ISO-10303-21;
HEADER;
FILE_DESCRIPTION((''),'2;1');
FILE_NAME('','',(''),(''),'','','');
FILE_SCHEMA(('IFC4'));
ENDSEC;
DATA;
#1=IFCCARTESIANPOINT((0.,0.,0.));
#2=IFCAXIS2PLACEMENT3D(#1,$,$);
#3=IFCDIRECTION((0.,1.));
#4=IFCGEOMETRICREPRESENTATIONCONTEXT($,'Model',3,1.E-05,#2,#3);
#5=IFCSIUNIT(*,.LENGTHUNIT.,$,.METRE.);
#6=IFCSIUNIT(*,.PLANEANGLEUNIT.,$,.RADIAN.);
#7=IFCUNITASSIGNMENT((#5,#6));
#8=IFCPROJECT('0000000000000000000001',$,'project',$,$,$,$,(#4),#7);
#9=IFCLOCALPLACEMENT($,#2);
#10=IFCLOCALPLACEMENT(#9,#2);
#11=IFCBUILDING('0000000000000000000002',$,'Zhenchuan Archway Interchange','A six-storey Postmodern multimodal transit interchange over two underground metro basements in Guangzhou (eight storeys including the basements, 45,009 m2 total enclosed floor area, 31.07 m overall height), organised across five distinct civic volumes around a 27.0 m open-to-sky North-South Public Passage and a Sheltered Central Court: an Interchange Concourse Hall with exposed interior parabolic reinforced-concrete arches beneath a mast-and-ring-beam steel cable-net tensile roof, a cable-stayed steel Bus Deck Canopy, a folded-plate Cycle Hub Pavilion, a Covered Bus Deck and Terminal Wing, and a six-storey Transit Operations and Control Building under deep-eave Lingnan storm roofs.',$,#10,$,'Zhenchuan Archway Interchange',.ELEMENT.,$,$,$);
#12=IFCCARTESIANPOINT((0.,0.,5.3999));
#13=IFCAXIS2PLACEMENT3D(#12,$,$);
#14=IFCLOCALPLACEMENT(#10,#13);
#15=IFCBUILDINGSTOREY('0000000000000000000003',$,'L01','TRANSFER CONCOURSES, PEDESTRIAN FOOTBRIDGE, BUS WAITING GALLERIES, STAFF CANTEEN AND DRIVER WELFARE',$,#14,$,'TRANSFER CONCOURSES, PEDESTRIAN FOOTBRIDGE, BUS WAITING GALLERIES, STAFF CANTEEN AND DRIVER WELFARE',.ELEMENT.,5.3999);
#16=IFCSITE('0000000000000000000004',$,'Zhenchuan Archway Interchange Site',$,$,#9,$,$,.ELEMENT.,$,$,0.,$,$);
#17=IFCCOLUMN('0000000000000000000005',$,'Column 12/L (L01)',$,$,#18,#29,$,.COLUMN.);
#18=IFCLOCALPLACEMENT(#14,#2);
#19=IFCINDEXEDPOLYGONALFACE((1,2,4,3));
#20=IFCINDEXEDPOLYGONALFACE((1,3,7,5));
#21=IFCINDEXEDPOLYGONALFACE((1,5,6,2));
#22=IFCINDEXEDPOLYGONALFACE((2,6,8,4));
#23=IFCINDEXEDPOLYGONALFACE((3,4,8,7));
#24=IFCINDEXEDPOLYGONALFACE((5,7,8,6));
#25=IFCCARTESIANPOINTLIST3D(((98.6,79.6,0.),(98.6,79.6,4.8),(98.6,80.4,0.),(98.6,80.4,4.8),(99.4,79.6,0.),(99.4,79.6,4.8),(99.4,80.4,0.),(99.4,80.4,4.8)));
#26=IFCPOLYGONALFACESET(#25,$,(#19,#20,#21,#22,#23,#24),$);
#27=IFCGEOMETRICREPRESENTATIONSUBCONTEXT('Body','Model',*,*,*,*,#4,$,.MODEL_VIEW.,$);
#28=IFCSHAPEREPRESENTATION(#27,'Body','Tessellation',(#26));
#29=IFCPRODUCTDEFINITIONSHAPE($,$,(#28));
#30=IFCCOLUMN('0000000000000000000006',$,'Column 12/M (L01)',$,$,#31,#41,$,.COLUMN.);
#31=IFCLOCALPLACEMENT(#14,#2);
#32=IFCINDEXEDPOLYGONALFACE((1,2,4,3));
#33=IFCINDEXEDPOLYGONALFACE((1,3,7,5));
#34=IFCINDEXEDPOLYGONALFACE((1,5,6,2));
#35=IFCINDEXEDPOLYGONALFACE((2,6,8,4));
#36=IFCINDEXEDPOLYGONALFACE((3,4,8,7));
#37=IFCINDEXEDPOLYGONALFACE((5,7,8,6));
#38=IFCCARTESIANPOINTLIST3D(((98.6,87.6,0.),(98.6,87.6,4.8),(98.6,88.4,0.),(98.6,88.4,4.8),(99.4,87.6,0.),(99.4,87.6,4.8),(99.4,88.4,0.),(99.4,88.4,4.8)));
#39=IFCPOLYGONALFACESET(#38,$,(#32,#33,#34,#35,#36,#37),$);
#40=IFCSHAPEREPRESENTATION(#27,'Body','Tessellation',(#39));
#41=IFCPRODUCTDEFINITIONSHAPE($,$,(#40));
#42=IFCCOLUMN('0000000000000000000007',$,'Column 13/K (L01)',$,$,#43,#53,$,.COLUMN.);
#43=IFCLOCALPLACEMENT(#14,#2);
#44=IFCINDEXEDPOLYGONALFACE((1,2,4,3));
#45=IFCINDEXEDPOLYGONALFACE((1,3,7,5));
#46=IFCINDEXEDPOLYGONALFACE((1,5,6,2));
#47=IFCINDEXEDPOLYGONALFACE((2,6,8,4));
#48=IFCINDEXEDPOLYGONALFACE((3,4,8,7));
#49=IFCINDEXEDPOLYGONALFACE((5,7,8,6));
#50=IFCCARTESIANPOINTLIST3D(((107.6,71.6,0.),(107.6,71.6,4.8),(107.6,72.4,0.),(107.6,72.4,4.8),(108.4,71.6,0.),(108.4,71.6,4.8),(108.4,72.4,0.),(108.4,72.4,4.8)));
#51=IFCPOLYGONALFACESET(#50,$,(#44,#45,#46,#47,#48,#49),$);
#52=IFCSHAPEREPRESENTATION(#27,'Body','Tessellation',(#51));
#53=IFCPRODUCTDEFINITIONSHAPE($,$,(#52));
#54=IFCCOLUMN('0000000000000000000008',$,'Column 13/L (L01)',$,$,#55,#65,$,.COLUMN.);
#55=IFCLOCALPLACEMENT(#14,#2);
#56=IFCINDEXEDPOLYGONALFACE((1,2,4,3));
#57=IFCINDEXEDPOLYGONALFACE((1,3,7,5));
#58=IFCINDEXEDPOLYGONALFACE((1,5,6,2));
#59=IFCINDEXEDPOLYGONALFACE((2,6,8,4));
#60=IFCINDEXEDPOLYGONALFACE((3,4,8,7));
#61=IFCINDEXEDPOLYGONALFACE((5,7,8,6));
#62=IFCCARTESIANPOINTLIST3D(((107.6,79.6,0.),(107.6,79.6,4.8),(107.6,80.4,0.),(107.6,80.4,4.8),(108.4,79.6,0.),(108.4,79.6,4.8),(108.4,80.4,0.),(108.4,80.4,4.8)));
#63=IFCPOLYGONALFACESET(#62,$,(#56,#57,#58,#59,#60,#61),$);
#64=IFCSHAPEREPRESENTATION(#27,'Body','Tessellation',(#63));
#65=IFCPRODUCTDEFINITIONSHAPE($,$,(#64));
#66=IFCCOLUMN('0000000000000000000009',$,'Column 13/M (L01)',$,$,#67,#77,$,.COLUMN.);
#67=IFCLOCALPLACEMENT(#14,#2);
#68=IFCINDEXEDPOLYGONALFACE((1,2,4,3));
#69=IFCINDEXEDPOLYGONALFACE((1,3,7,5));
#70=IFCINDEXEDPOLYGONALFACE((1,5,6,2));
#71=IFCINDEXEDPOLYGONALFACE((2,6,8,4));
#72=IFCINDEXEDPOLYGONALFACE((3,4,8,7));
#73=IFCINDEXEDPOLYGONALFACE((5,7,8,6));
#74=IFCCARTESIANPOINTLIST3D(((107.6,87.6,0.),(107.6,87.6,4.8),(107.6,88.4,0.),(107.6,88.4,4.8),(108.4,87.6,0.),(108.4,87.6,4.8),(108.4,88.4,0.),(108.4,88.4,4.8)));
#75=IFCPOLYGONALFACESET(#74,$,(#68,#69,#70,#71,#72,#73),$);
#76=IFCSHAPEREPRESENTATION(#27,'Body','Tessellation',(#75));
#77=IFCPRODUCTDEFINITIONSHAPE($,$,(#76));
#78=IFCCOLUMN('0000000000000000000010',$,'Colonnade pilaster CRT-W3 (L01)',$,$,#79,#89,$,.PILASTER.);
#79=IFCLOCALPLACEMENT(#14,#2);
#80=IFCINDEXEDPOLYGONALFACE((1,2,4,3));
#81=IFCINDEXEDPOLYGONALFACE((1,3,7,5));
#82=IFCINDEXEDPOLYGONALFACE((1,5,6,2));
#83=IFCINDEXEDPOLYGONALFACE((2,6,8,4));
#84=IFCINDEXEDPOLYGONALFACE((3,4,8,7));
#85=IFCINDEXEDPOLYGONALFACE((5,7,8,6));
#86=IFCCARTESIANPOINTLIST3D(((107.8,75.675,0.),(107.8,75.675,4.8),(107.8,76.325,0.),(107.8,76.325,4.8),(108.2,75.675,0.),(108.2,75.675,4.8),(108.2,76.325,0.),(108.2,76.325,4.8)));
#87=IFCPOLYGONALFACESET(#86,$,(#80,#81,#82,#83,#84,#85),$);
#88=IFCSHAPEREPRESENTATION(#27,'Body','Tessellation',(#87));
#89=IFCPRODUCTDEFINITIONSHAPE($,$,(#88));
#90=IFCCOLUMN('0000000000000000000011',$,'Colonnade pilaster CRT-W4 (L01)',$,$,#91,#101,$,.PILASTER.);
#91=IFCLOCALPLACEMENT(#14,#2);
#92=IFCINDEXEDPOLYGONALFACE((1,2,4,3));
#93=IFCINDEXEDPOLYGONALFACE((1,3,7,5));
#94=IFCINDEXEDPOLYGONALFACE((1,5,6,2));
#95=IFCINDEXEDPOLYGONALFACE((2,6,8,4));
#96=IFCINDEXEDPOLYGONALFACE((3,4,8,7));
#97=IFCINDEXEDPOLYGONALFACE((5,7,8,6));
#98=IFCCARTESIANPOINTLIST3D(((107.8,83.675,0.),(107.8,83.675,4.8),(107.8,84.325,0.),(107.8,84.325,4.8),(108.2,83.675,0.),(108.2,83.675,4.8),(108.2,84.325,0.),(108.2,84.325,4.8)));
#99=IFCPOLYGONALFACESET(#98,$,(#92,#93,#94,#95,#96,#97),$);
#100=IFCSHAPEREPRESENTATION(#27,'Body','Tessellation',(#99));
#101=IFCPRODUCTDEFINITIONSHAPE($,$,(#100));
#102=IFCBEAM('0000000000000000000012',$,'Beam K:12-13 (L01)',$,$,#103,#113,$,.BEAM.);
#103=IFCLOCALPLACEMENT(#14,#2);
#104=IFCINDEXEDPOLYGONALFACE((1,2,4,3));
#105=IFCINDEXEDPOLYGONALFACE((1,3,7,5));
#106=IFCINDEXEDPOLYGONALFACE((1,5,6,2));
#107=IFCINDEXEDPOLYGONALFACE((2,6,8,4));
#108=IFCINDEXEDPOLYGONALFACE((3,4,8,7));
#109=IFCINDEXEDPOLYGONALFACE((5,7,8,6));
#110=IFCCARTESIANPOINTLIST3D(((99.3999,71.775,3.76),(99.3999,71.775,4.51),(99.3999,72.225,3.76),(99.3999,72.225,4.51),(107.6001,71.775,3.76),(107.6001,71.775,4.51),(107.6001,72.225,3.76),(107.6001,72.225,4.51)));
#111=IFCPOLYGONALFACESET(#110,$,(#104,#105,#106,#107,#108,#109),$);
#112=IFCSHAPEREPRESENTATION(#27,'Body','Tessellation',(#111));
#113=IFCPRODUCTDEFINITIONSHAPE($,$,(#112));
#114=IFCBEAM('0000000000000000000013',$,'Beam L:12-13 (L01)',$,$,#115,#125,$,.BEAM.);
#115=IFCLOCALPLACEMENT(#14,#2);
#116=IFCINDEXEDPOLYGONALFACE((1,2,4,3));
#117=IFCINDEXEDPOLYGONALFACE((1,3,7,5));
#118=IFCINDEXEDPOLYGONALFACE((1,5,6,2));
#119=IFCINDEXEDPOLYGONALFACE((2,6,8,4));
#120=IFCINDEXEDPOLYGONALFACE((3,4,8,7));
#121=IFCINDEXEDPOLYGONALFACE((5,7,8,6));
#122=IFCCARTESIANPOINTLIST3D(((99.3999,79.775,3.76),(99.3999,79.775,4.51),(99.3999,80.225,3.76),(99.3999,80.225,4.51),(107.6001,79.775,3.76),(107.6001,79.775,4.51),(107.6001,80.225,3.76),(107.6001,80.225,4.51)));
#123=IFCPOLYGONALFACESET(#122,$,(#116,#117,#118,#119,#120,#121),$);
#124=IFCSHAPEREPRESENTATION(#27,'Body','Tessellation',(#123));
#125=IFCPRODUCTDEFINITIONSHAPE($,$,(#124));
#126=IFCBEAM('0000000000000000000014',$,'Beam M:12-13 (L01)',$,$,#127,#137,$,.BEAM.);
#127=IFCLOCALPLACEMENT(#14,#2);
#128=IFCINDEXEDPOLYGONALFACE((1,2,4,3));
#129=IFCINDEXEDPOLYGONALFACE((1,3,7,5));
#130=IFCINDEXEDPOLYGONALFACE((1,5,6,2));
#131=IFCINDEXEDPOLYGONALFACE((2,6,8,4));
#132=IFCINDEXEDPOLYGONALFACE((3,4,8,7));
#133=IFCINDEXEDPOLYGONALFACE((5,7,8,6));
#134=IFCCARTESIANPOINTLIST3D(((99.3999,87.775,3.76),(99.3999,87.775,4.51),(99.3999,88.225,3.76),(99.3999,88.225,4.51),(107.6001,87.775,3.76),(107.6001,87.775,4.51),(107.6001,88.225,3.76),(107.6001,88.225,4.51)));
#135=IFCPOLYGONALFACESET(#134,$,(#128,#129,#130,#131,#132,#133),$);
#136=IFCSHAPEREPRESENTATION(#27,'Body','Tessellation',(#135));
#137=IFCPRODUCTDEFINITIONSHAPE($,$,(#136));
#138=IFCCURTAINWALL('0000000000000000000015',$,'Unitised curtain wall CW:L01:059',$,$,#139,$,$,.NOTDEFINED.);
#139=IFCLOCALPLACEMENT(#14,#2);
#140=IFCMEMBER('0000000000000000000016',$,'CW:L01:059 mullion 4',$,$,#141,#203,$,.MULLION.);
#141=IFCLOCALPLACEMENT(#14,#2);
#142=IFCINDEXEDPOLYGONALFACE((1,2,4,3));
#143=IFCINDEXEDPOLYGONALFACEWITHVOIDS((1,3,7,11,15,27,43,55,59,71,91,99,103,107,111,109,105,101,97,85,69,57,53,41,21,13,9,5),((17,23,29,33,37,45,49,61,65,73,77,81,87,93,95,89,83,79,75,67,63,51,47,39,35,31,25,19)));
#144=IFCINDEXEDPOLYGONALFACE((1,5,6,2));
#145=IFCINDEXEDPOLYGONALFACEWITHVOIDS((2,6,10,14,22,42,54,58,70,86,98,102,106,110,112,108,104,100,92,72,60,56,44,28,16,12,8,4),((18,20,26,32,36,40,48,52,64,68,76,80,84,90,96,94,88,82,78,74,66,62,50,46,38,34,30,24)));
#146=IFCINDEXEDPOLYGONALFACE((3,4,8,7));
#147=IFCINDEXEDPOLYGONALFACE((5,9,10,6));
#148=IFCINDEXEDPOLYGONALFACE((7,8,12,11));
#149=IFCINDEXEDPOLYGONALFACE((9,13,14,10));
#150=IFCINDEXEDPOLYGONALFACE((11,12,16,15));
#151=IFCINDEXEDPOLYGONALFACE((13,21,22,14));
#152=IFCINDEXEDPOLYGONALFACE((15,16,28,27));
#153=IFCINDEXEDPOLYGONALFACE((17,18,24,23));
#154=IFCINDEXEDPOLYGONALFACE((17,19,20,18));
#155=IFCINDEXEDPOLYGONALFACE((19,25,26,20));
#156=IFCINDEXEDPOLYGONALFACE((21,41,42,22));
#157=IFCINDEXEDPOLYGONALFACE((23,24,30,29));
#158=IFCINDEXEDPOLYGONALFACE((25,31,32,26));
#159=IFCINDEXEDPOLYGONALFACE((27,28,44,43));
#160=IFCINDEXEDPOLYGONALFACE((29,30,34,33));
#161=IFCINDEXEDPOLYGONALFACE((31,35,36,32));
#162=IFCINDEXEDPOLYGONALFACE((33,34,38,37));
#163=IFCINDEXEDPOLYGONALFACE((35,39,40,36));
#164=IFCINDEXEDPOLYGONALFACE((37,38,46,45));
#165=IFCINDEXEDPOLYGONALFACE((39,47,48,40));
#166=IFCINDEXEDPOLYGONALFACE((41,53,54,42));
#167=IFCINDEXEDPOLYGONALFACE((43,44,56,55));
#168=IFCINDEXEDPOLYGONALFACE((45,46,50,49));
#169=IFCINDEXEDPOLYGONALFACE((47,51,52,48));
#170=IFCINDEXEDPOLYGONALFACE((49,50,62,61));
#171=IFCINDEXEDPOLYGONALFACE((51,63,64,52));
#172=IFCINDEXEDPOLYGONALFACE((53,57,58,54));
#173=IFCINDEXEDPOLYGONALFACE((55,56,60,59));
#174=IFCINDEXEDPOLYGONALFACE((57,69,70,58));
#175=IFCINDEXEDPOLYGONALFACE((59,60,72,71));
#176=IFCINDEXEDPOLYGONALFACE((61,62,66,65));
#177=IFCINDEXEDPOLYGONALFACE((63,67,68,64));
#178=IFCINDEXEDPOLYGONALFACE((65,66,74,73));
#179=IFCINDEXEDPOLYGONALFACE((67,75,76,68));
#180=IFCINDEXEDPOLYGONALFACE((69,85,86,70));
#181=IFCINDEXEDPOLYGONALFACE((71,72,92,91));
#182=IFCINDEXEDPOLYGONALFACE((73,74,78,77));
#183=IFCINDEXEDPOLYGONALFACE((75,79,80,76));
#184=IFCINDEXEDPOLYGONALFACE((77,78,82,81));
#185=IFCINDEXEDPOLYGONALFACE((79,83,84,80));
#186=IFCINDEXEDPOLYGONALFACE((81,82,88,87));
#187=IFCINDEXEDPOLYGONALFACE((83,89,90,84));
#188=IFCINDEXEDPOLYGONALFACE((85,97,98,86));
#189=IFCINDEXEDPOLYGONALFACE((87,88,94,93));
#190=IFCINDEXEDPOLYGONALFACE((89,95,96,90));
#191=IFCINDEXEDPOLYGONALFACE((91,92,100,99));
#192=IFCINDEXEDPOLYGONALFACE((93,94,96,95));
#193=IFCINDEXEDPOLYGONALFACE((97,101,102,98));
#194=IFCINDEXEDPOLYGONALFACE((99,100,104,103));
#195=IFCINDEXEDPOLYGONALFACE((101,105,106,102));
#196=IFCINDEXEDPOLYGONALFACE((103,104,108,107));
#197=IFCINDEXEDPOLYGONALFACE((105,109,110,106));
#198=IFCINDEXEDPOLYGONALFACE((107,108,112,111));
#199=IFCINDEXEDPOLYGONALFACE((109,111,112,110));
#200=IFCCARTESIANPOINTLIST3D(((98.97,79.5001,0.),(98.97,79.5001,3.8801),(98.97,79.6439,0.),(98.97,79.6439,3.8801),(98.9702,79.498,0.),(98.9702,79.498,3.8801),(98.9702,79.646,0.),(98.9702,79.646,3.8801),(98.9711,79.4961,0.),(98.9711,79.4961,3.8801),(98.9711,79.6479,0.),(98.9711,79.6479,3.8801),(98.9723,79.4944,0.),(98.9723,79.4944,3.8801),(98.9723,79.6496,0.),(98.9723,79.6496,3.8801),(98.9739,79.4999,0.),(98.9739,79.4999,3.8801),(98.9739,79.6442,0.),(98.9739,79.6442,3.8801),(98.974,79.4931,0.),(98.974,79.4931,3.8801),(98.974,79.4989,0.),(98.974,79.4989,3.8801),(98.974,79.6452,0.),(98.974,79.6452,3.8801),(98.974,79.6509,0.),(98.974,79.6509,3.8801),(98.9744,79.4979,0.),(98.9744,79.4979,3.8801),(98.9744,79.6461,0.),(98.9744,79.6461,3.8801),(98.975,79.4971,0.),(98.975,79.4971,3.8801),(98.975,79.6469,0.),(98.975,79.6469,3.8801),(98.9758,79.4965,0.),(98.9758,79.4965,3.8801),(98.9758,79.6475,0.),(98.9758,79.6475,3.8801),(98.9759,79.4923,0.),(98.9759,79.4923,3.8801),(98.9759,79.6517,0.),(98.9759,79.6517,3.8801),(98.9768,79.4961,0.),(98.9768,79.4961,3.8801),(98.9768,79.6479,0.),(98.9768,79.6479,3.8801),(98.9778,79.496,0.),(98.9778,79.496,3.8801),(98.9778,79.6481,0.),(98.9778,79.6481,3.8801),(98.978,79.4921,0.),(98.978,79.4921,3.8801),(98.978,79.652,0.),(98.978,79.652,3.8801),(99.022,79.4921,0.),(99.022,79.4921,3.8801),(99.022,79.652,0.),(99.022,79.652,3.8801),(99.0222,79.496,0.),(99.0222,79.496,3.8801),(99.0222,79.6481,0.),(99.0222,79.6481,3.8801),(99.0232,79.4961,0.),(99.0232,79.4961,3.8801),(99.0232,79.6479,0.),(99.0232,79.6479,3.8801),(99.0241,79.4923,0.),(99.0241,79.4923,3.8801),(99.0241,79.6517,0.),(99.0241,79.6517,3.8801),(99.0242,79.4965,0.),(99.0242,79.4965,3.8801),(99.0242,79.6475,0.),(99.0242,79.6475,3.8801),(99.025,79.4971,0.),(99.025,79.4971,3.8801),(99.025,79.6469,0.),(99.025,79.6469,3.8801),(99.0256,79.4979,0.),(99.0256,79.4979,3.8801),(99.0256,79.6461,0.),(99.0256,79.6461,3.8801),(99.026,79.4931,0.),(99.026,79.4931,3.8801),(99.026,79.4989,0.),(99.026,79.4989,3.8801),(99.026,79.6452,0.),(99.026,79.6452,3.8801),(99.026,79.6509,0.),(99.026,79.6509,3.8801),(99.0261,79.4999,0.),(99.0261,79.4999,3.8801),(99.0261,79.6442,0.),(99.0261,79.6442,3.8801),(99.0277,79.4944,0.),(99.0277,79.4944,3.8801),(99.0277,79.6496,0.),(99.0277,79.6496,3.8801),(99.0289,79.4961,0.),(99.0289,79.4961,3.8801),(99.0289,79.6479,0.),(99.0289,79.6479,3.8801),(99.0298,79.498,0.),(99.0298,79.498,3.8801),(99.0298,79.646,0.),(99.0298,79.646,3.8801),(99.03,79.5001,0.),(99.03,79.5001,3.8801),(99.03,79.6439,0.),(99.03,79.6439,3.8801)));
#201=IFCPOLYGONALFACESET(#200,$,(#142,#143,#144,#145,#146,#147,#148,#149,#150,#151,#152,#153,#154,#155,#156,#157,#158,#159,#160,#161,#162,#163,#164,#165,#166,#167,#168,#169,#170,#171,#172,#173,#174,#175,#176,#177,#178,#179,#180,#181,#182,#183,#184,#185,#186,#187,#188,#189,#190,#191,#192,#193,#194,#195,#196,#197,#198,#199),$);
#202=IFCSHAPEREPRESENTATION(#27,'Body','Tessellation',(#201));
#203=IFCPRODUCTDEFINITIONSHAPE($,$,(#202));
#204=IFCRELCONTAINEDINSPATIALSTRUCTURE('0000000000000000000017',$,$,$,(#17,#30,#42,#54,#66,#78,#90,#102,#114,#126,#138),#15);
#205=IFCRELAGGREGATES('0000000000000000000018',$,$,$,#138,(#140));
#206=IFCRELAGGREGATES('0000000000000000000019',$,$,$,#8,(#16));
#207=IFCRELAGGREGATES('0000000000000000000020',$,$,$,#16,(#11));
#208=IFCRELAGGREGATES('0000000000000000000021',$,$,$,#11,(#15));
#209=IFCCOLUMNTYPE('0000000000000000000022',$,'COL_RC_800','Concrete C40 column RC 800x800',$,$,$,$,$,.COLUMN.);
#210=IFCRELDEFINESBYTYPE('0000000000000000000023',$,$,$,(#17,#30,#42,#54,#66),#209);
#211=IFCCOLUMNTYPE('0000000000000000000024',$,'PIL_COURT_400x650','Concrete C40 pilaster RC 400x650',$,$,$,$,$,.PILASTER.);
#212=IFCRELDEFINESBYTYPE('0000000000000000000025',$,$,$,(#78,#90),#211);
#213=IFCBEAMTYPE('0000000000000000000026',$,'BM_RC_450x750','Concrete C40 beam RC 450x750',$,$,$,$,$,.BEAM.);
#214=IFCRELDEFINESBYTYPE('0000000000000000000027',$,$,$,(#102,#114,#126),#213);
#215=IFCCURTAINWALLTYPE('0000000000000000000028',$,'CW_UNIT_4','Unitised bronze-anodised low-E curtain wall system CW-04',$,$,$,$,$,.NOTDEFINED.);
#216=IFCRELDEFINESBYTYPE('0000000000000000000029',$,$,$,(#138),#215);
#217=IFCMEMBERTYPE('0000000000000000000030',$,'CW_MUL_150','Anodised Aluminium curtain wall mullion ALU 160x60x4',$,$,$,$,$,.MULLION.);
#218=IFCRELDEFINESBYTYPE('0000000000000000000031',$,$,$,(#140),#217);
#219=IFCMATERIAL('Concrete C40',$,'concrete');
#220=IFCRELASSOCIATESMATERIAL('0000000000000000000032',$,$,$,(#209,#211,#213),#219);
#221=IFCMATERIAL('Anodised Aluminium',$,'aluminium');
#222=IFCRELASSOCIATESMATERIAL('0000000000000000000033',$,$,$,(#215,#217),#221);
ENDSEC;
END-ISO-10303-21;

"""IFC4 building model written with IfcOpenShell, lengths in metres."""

from ifc_helpers import new_model, si_unit, direction, frame, origin, origin_2d, place, context, subcontext, project, spatial, rectangle, hollow_rectangle, extrude, material, material_profile, profile_set, type_object, element, aggregate, save


model = new_model("IFC4")

# Units and contexts
model_context = context("Model", 3, precision=1e-05, world=origin(), true_north=direction((0.0, 1.0)))
body_context = subcontext(model_context, "Body", "Model", "MODEL_VIEW")
ifc_project = project(units=[si_unit("LENGTHUNIT", "METRE"), si_unit("PLANEANGLEUNIT", "RADIAN")], contexts=[model_context])

# Site, building, storey
site_placement = place(None, origin())
site = spatial("IfcSite", under=ifc_project, at=site_placement, Name="Zhenchuan Archway Interchange Site", CompositionType="ELEMENT", RefElevation=0.0)
building_placement = place(site_placement, origin())
building = spatial("IfcBuilding", under=site, at=building_placement, Name="Zhenchuan Archway Interchange", Description="A six-storey Postmodern multimodal transit interchange over two underground metro basements in Guangzhou (eight storeys including the basements, 45,009 m2 total enclosed floor area, 31.07 m overall height), organised across five distinct civic volumes around a 27.0 m open-to-sky North-South Public Passage and a Sheltered Central Court: an Interchange Concourse Hall with exposed interior parabolic reinforced-concrete arches beneath a mast-and-ring-beam steel cable-net tensile roof, a cable-stayed steel Bus Deck Canopy, a folded-plate Cycle Hub Pavilion, a Covered Bus Deck and Terminal Wing, and a six-storey Transit Operations and Control Building under deep-eave Lingnan storm roofs.", LongName="Zhenchuan Archway Interchange", CompositionType="ELEMENT")
storey_placement = place(building_placement, frame((0.0, 0.0, 5.3999)))
storey = spatial("IfcBuildingStorey", under=building, at=storey_placement, Name="L01", Description="TRANSFER CONCOURSES, PEDESTRIAN FOOTBRIDGE, BUS WAITING GALLERIES, STAFF CANTEEN AND DRIVER WELFARE", LongName="TRANSFER CONCOURSES, PEDESTRIAN FOOTBRIDGE, BUS WAITING GALLERIES, STAFF CANTEEN AND DRIVER WELFARE", CompositionType="ELEMENT", Elevation=5.3999)

# Columns
ifc_material_1 = material(Name="Concrete C40", Category="concrete")
ifc_material_profile_1 = material_profile(ifc_material_1, rectangle(XDim=0.8, YDim=0.8, at=origin_2d()), Name="RC 800x800")
ifc_profile_set_1 = profile_set([ifc_material_profile_1], Name="Concrete C40")
column_type_1 = type_object("IfcColumnType", Name="COL_RC_800", Description="Concrete C40 column RC 800x800", PredefinedType="COLUMN", material=ifc_profile_set_1)
for number, where, z_axis, x_axis, name in (
    (1, (99.0, 80.0, 0.0), (0.0, 0.0, 1.0), (1.0, 0.0, 0.0), "Column 12/L (L01)"),
    (2, (99.0, 88.0, 0.0), (0.0, 0.0, 1.0), (1.0, 0.0, 0.0), "Column 12/M (L01)"),
    (3, (108.0, 72.0, 0.0), (0.0, 0.0, 1.0), (1.0, 0.0, 0.0), "Column 13/K (L01)"),
    (4, (108.0, 80.0, 0.0), (0.0, 0.0, 1.0), (1.0, 0.0, 0.0), "Column 13/L (L01)"),
    (5, (108.0, 88.0, 0.0), (0.0, 0.0, 1.0), (1.0, 0.0, 0.0), "Column 13/M (L01)"),
):
    element("IfcColumn", number, at=place(storey_placement, frame(where, z_axis=z_axis, x_axis=x_axis)), inside=storey, type_object=column_type_1, Name=name, PredefinedType="COLUMN", context=body_context, shape_type="SweptSolid", body=[
        extrude(rectangle(XDim=0.8, YDim=0.8, at=origin_2d()), origin(), (0.0, 0.0, 1.0), 4.8),
    ])
ifc_material_profile_2 = material_profile(ifc_material_1, rectangle(XDim=0.3999, YDim=0.6499, at=origin_2d()), Name="RC 400x650")
ifc_profile_set_2 = profile_set([ifc_material_profile_2], Name="Concrete C40")
column_type_2 = type_object("IfcColumnType", Name="PIL_COURT_400x650", Description="Concrete C40 pilaster RC 400x650", PredefinedType="PILASTER", material=ifc_profile_set_2)
for number, where, z_axis, x_axis, name in (
    (6, (108.0, 76.0, 0.0), (0.0, 0.0, 1.0), (1.0, 0.0, 0.0), "Colonnade pilaster CRT-W3 (L01)"),
    (7, (108.0, 84.0, 0.0), (0.0, 0.0, 1.0), (1.0, 0.0, 0.0), "Colonnade pilaster CRT-W4 (L01)"),
):
    element("IfcColumn", number, at=place(storey_placement, frame(where, z_axis=z_axis, x_axis=x_axis)), inside=storey, type_object=column_type_2, Name=name, PredefinedType="PILASTER", context=body_context, shape_type="SweptSolid", body=[
        extrude(rectangle(XDim=0.3999, YDim=0.6499, at=origin_2d()), origin(), (0.0, 0.0, 1.0), 4.8),
    ])

# Beams
ifc_material_profile_3 = material_profile(ifc_material_1, rectangle(XDim=0.45, YDim=0.75, at=origin_2d()), Name="RC 450x750")
ifc_profile_set_3 = profile_set([ifc_material_profile_3], Name="Concrete C40")
beam_type_1 = type_object("IfcBeamType", Name="BM_RC_450x750", Description="Concrete C40 beam RC 450x750", PredefinedType="BEAM", material=ifc_profile_set_3)
for number, where, z_axis, x_axis, name in (
    (8, (99.3999, 72.0, 4.135), (1.0, 0.0, 0.0), (0.0, 1.0, 0.0), "Beam K:12-13 (L01)"),
    (9, (99.3999, 80.0, 4.135), (1.0, 0.0, 0.0), (0.0, 1.0, 0.0), "Beam L:12-13 (L01)"),
    (10, (99.3999, 88.0, 4.135), (1.0, 0.0, 0.0), (0.0, 1.0, 0.0), "Beam M:12-13 (L01)"),
):
    element("IfcBeam", number, at=place(storey_placement, frame(where, z_axis=z_axis, x_axis=x_axis)), inside=storey, type_object=beam_type_1, Name=name, PredefinedType="BEAM", context=body_context, shape_type="SweptSolid", body=[
        extrude(rectangle(XDim=0.45, YDim=0.75, at=origin_2d()), origin(), (0.0, 0.0, 1.0), 8.2002),
    ])

# Curtain wall, member
ifc_material_2 = material(Name="Anodised Aluminium", Category="aluminium")
curtain_wall_type_1 = type_object("IfcCurtainWallType", Name="CW_UNIT_4", Description="Unitised bronze-anodised low-E curtain wall system CW-04", PredefinedType="NOTDEFINED", material=ifc_material_2)
curtain_wall_1_placement = place(storey_placement, origin())
curtain_wall_1 = element("IfcCurtainWall", 11, at=curtain_wall_1_placement, inside=storey, type_object=curtain_wall_type_1, Name="Unitised curtain wall CW:L01:059", PredefinedType="NOTDEFINED")
ifc_material_profile_4 = material_profile(ifc_material_2, hollow_rectangle(XDim=0.0601, YDim=0.1599, WallThickness=0.0039, InnerFilletRadius=0.0039, OuterFilletRadius=0.0081, at=origin_2d()), Name="ALU 160x60x4")
ifc_profile_set_4 = profile_set([ifc_material_profile_4], Name="Anodised Aluminium")
member_type_1 = type_object("IfcMemberType", Name="CW_MUL_150", Description="Anodised Aluminium curtain wall mullion ALU 160x60x4", PredefinedType="MULLION", material=ifc_profile_set_4)
member_1_placement = place(storey_placement, frame((99.0, 79.572, 0.0), z_axis=(0.0, 0.0, 1.0), x_axis=(1.0, 0.0, 0.0)))
member_1 = element("IfcMember", 12, at=member_1_placement, type_object=member_type_1, Name="CW:L01:059 mullion 4", PredefinedType="MULLION", context=body_context, shape_type="SweptSolid", body=[
    extrude(hollow_rectangle(XDim=0.0601, YDim=0.1599, WallThickness=0.0039, InnerFilletRadius=0.0039, OuterFilletRadius=0.0081, at=origin_2d()), origin(), (0.0, 0.0, 1.0), 3.8801),
])

aggregate(curtain_wall_1, [member_1])

save(model, "model.ifc")
